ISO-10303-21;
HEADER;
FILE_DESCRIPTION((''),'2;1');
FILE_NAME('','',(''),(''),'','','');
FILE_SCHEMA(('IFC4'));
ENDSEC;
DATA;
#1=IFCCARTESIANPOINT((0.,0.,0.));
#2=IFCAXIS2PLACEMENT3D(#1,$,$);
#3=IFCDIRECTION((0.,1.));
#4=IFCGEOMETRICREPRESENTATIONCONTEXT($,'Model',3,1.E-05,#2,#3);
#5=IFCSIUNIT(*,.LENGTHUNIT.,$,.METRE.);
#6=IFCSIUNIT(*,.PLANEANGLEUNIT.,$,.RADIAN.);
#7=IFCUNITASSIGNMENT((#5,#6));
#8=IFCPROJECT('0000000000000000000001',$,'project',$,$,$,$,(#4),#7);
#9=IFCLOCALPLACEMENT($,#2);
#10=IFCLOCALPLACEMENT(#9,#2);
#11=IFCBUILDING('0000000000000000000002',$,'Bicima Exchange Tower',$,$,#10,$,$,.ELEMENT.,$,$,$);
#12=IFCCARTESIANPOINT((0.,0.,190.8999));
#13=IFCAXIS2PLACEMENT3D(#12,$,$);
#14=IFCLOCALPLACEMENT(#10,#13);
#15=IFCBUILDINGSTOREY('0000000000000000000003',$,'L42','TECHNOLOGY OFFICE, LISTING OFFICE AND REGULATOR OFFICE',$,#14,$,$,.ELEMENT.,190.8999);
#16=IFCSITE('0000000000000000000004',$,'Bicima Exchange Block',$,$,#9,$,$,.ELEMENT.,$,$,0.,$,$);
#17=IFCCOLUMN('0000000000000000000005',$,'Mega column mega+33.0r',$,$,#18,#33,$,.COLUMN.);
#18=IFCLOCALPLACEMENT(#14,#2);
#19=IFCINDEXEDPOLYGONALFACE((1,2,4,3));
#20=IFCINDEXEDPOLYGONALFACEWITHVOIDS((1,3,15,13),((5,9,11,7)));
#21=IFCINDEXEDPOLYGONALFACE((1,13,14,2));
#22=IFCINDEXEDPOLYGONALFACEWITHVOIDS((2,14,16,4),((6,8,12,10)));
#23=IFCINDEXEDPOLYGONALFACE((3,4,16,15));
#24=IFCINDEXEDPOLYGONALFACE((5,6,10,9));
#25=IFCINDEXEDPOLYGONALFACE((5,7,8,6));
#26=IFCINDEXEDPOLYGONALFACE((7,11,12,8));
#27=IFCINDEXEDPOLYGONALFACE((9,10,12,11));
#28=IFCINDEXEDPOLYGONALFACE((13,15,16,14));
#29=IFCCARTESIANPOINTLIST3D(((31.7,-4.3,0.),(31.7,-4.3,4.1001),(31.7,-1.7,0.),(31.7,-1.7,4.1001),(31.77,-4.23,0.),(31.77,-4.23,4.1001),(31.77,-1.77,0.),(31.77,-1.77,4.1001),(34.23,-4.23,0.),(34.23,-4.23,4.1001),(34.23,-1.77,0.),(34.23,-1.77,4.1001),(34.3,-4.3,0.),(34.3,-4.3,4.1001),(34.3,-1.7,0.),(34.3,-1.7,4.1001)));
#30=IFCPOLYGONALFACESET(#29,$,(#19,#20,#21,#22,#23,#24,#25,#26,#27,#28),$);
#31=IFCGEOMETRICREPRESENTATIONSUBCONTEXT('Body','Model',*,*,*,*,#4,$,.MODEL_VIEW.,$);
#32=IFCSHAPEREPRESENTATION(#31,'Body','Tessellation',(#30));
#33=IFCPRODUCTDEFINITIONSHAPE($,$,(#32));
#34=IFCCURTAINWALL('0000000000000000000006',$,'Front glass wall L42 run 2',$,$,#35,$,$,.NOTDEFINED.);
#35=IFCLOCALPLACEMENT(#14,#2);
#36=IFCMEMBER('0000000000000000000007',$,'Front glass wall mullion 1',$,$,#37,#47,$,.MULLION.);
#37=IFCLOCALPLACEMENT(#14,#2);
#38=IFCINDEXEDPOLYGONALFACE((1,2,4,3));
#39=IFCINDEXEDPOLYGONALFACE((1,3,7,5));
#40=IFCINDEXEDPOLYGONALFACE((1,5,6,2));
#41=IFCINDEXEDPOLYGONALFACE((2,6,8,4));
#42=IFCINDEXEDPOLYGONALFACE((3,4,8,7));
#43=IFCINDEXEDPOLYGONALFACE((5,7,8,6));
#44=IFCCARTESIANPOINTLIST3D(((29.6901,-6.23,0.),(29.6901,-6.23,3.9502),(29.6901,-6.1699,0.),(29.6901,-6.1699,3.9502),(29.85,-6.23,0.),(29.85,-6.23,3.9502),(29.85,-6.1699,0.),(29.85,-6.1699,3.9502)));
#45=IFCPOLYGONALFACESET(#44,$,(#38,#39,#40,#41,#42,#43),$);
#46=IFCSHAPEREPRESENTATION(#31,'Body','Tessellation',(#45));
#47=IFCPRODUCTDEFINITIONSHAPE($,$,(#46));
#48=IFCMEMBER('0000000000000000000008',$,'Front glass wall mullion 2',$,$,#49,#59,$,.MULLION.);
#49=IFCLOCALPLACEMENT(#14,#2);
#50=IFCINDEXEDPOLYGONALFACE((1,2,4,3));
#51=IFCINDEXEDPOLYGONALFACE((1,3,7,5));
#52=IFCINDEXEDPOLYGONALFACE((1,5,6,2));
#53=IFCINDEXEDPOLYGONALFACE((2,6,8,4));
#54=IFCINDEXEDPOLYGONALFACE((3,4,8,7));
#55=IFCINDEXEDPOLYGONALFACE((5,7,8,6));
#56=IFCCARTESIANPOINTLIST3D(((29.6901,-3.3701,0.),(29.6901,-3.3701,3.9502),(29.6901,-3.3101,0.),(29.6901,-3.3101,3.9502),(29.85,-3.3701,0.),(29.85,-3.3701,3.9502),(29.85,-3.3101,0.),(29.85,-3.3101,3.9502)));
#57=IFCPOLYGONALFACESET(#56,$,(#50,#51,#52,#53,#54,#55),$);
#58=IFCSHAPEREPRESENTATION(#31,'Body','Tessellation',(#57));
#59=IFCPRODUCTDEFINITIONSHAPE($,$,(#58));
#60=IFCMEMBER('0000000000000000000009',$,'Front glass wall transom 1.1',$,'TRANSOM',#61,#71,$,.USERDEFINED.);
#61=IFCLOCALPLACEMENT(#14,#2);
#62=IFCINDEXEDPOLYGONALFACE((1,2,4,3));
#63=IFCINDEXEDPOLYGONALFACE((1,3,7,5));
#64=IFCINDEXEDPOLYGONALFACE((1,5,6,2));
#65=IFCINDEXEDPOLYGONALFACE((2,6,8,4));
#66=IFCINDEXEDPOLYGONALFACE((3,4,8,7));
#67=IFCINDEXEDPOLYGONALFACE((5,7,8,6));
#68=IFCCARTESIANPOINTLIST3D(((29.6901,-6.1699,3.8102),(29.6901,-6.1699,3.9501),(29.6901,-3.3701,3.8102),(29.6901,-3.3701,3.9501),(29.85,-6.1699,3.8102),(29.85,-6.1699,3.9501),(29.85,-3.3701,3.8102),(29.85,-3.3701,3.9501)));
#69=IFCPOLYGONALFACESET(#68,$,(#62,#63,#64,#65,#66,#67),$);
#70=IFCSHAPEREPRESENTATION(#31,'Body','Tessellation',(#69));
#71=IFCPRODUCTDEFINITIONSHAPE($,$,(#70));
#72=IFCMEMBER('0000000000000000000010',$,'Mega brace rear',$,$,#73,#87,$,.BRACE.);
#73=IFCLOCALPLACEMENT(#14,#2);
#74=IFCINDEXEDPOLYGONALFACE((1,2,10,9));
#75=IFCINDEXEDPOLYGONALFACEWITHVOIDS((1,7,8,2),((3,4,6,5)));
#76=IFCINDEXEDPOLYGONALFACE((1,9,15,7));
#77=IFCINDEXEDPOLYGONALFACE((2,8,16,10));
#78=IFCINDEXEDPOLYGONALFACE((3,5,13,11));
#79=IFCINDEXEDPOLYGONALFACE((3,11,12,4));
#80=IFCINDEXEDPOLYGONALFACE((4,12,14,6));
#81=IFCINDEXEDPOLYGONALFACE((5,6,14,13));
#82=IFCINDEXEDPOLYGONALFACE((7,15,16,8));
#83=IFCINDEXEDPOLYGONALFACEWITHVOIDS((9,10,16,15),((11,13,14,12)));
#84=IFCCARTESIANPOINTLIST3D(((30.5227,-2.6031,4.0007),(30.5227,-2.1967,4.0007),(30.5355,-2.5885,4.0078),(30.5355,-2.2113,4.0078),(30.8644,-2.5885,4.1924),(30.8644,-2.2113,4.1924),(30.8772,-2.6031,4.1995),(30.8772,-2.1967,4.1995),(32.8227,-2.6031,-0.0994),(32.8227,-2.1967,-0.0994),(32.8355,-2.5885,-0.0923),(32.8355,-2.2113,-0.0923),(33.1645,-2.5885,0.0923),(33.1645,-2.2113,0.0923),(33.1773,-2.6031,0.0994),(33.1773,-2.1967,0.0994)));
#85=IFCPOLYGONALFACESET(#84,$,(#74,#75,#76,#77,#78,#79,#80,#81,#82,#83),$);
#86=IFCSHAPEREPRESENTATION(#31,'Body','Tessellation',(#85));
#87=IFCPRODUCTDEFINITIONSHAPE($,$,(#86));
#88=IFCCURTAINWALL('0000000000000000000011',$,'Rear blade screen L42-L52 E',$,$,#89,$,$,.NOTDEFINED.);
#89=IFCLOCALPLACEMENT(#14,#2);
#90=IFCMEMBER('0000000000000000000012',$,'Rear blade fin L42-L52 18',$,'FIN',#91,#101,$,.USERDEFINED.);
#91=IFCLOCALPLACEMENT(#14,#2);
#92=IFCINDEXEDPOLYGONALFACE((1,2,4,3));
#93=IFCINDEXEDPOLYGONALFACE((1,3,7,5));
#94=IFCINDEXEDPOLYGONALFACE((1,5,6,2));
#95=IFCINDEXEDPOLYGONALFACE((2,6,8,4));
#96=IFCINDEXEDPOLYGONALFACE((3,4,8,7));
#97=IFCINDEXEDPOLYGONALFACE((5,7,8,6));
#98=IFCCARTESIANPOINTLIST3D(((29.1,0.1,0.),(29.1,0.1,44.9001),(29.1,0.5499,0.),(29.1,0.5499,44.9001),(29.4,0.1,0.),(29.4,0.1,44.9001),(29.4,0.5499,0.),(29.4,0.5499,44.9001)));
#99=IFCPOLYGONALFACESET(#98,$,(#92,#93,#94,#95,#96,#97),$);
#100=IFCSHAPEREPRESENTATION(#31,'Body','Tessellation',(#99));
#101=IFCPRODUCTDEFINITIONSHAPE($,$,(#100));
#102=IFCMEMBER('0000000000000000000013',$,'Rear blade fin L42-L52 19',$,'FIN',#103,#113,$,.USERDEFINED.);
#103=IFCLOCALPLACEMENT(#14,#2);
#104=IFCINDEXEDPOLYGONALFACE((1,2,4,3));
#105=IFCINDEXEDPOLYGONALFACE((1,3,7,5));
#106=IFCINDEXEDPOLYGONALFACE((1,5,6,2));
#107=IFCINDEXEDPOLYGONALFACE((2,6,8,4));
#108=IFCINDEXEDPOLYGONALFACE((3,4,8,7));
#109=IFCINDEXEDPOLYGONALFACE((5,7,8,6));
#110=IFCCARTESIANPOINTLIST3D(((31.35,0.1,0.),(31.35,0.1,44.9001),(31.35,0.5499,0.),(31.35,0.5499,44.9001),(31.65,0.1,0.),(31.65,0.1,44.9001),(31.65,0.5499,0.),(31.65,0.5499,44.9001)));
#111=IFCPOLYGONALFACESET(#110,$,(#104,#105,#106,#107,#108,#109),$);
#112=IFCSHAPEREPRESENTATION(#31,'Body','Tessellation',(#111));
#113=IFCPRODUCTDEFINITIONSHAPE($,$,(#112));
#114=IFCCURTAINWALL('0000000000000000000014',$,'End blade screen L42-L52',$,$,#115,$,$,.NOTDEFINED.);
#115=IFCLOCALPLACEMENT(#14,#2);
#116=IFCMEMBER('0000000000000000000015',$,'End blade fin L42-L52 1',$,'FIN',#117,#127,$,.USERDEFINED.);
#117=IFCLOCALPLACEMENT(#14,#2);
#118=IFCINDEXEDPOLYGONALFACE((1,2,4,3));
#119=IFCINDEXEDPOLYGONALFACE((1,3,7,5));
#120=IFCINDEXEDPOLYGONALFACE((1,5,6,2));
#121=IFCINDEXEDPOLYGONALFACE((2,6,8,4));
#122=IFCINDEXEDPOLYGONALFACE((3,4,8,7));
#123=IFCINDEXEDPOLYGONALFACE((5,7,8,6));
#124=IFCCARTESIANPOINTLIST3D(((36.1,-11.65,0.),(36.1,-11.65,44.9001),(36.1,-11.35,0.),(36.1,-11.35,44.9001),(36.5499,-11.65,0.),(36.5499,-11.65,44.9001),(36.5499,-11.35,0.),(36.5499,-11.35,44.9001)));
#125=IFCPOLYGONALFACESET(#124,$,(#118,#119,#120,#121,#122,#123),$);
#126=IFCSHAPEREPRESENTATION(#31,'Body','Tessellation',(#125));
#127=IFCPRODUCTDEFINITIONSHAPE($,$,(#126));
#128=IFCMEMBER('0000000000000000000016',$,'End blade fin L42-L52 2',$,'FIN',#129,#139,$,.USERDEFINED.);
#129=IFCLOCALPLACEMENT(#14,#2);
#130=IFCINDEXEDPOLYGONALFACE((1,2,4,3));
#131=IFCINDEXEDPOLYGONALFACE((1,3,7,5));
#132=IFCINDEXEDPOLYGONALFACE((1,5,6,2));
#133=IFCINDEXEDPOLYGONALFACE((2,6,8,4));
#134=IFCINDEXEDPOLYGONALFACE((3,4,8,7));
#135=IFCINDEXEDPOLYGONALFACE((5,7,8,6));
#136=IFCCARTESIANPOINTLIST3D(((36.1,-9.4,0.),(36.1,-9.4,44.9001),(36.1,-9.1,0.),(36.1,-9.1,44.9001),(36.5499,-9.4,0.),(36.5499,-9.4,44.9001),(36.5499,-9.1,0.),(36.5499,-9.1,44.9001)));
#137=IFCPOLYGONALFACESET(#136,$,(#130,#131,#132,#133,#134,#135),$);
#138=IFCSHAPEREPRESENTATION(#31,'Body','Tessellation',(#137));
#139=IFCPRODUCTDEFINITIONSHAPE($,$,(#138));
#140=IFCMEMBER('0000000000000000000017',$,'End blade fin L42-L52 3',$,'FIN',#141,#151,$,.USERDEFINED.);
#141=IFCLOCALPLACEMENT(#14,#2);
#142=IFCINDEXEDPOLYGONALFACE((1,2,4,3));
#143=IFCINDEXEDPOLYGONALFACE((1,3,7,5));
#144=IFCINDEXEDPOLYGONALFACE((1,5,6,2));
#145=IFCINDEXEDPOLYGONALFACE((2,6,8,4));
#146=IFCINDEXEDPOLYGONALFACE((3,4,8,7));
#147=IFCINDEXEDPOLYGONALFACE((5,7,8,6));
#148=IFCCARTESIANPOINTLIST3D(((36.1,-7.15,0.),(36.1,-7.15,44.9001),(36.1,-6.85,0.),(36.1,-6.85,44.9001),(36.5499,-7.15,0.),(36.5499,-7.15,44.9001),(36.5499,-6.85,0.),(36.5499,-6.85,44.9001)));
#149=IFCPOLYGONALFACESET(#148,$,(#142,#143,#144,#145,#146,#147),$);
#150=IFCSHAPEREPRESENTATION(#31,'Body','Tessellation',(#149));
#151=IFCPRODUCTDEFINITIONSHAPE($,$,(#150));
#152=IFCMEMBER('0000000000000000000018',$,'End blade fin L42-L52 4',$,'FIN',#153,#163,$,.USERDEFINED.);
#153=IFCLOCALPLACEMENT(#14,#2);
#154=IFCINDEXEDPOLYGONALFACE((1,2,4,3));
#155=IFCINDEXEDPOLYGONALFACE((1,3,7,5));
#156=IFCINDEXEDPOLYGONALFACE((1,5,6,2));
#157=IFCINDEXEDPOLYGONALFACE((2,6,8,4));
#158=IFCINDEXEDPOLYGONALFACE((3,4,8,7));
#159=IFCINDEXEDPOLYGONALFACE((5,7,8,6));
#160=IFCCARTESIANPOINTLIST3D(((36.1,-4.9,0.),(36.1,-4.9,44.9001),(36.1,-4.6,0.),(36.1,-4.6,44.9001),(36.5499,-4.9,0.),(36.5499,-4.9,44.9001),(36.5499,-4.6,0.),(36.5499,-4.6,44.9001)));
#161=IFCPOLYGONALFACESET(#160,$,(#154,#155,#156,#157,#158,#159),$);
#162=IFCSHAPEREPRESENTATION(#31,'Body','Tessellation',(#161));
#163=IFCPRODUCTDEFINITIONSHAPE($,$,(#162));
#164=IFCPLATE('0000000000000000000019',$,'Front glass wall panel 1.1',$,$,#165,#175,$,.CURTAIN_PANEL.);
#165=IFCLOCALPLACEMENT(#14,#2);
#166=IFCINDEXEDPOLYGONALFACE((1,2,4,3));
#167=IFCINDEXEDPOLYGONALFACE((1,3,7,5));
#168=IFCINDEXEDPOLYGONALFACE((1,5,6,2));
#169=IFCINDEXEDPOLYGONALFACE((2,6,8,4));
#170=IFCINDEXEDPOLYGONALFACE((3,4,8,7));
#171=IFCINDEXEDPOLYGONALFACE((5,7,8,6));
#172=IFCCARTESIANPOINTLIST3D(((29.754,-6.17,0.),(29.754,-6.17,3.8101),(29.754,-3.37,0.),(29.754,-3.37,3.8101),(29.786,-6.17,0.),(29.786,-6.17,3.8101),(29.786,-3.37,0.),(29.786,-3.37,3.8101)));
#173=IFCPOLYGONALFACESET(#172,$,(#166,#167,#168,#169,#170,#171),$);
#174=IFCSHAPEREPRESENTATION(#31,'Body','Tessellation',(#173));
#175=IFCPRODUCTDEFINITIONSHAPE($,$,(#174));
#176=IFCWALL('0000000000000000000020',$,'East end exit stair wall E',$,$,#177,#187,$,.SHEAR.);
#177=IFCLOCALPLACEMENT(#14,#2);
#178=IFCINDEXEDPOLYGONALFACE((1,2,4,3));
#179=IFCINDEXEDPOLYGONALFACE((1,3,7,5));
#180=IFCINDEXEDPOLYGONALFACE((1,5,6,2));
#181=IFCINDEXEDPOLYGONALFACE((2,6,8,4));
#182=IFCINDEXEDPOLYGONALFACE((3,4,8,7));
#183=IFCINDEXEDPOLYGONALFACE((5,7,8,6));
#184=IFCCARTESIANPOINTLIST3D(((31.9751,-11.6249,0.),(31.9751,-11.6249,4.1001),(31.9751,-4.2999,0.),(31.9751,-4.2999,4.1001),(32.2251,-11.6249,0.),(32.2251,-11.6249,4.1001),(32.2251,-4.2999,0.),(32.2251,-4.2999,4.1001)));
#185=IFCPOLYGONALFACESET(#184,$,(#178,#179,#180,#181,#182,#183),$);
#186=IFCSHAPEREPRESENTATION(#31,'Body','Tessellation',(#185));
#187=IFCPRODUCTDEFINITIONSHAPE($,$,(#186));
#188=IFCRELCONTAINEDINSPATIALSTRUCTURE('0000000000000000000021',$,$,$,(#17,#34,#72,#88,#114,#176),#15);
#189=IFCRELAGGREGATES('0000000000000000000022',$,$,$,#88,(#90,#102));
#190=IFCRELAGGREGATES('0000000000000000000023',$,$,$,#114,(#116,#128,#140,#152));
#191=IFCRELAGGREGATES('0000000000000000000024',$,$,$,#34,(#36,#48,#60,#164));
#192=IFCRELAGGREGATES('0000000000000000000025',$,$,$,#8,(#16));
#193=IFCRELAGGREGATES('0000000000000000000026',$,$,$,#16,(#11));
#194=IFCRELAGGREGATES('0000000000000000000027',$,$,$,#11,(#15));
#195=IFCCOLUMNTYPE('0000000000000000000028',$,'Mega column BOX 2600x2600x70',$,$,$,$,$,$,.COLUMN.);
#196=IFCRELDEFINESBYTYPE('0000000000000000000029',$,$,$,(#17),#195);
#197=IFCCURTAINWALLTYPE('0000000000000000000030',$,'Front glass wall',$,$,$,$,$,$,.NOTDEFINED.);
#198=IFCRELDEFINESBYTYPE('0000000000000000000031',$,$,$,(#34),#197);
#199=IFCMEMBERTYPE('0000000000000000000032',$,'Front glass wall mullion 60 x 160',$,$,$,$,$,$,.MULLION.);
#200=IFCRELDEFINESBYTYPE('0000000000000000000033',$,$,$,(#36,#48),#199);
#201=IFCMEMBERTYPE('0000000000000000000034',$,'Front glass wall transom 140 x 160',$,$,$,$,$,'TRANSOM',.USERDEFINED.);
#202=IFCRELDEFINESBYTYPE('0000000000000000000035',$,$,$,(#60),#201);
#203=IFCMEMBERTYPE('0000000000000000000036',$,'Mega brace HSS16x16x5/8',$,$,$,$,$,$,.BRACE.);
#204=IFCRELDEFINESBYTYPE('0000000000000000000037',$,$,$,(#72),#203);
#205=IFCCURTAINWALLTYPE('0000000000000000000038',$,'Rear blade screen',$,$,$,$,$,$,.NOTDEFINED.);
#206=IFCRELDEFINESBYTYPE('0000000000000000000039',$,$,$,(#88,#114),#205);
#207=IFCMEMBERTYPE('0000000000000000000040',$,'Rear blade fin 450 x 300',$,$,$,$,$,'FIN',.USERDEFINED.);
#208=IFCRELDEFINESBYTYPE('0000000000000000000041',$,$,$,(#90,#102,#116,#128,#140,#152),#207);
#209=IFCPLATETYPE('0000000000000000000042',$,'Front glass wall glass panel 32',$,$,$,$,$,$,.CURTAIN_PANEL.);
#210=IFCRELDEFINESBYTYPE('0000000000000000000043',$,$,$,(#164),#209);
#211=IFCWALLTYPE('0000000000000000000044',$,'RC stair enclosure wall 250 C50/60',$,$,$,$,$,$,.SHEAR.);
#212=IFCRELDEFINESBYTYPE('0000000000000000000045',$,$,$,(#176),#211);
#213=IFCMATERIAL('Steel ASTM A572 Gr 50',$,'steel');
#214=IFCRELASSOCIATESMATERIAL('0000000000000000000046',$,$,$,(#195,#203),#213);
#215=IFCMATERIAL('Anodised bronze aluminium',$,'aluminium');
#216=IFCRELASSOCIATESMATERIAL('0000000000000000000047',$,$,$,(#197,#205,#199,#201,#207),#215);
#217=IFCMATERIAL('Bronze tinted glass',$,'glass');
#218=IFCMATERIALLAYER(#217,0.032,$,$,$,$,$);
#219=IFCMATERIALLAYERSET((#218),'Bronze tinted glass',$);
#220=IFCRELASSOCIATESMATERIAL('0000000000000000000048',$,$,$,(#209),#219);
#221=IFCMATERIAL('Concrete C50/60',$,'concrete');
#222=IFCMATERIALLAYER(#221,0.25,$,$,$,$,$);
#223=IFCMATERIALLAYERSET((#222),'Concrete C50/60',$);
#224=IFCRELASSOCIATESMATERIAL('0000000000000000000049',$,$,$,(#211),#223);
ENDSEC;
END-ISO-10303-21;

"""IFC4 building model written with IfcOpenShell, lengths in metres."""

from ifc_helpers import new_model, si_unit, direction, frame, frame_2d, origin, origin_2d, place, context, subcontext, project, spatial, rectangle, hollow_rectangle, extrude, material, layer, layer_set, material_profile, profile_set, type_object, element, aggregate, save


model = new_model("IFC4")

# Units and contexts
model_context = context("Model", 3, precision=1e-05, world=origin(), true_north=direction((0.0, 1.0)))
body_context = subcontext(model_context, "Body", "Model", "MODEL_VIEW")
ifc_project = project(units=[si_unit("LENGTHUNIT", "METRE"), si_unit("PLANEANGLEUNIT", "RADIAN")], contexts=[model_context])

# Site, building, storey
site_placement = place(None, origin())
site = spatial("IfcSite", under=ifc_project, at=site_placement, Name="Bicima Exchange Block", CompositionType="ELEMENT", RefElevation=0.0)
building_placement = place(site_placement, origin())
building = spatial("IfcBuilding", under=site, at=building_placement, Name="Bicima Exchange Tower", CompositionType="ELEMENT")
storey_placement = place(building_placement, frame((0.0, 0.0, 190.8999)))
storey = spatial("IfcBuildingStorey", under=building, at=storey_placement, Name="L42", Description="TECHNOLOGY OFFICE, LISTING OFFICE AND REGULATOR OFFICE", CompositionType="ELEMENT", Elevation=190.8999)

# Column
ifc_material_1 = material(Name="Steel ASTM A572 Gr 50", Category="steel")
ifc_material_profile_1 = material_profile(ifc_material_1, hollow_rectangle(XDim=2.6001, YDim=2.6001, WallThickness=0.0701, at=origin_2d()))
ifc_profile_set_1 = profile_set([ifc_material_profile_1], Name="Steel ASTM A572 Gr 50")
column_type = type_object("IfcColumnType", Name="Mega column BOX 2600x2600x70", PredefinedType="COLUMN", material=ifc_profile_set_1)
column_placement = place(storey_placement, frame((33.0, -3.0, 0.0), z_axis=(0.0, 0.0, 1.0), x_axis=(1.0, 0.0, 0.0)))
element("IfcColumn", 1, at=column_placement, inside=storey, type_object=column_type, Name="Mega column mega+33.0r", PredefinedType="COLUMN", context=body_context, shape_type="SweptSolid", body=[
    extrude(hollow_rectangle(XDim=2.6001, YDim=2.6001, WallThickness=0.0701, at=origin_2d()), origin(), (0.0, 0.0, 1.0), 4.1001),
])

# Curtain wall, members
ifc_material_2 = material(Name="Anodised bronze aluminium", Category="aluminium")
curtain_wall_type_1 = type_object("IfcCurtainWallType", Name="Front glass wall", PredefinedType="NOTDEFINED", material=ifc_material_2)
curtain_wall_1_placement = place(storey_placement, origin())
curtain_wall_1 = element("IfcCurtainWall", 2, at=curtain_wall_1_placement, inside=storey, type_object=curtain_wall_type_1, Name="Front glass wall L42 run 2", PredefinedType="NOTDEFINED")
ifc_material_profile_2 = material_profile(ifc_material_2, rectangle(XDim=0.1599, YDim=0.0601, at=origin_2d()))
ifc_profile_set_2 = profile_set([ifc_material_profile_2], Name="Anodised bronze aluminium")
member_type_1 = type_object("IfcMemberType", Name="Front glass wall mullion 60 x 160", PredefinedType="MULLION", material=ifc_profile_set_2)
member_1_placement = place(storey_placement, frame((29.77, -6.2, 0.0), z_axis=(0.0, 0.0, 1.0), x_axis=(-1.0, 0.0, 0.0)))
member_1 = element("IfcMember", 3, at=member_1_placement, type_object=member_type_1, Name="Front glass wall mullion 1", PredefinedType="MULLION", context=body_context, shape_type="SweptSolid", body=[
    extrude(rectangle(XDim=0.1599, YDim=0.0601, at=origin_2d()), origin(), (0.0, 0.0, 1.0), 3.9502),
])
member_2_placement = place(storey_placement, frame((29.77, -3.3401, 0.0), z_axis=(0.0, 0.0, 1.0), x_axis=(-1.0, 0.0, 0.0)))
member_2 = element("IfcMember", 4, at=member_2_placement, type_object=member_type_1, Name="Front glass wall mullion 2", PredefinedType="MULLION", context=body_context, shape_type="SweptSolid", body=[
    extrude(rectangle(XDim=0.1599, YDim=0.0601, at=origin_2d()), origin(), (0.0, 0.0, 1.0), 3.9502),
])
ifc_material_profile_3 = material_profile(ifc_material_2, rectangle(XDim=0.1599, YDim=0.1399, at=origin_2d()))
ifc_profile_set_3 = profile_set([ifc_material_profile_3], Name="Anodised bronze aluminium")
member_type_2 = type_object("IfcMemberType", Name="Front glass wall transom 140 x 160", ElementType="TRANSOM", PredefinedType="USERDEFINED", material=ifc_profile_set_3)
member_3_placement = place(storey_placement, frame((29.77, -6.1699, 3.8801), z_axis=(0.0, 1.0, 0.0), x_axis=(-1.0, 0.0, 0.0)))
member_3 = element("IfcMember", 5, at=member_3_placement, type_object=member_type_2, Name="Front glass wall transom 1.1", ObjectType="TRANSOM", PredefinedType="USERDEFINED", context=body_context, shape_type="SweptSolid", body=[
    extrude(rectangle(XDim=0.1599, YDim=0.1399, at=origin_2d()), origin(), (0.0, 0.0, 1.0), 2.7998),
])

# Member
ifc_material_profile_4 = material_profile(ifc_material_1, hollow_rectangle(XDim=0.4065, YDim=0.4065, WallThickness=0.0146, at=origin_2d()))
ifc_profile_set_4 = profile_set([ifc_material_profile_4], Name="Steel ASTM A572 Gr 50")
member_type_3 = type_object("IfcMemberType", Name="Mega brace HSS16x16x5/8", PredefinedType="BRACE", material=ifc_profile_set_4)
member_4_placement = place(storey_placement, frame((33.0, -2.3999, 0.0), z_axis=(-0.48925, 0.0, 0.872144), x_axis=(0.0, -1.0, 0.0)))
element("IfcMember", 6, at=member_4_placement, inside=storey, type_object=member_type_3, Name="Mega brace rear", PredefinedType="BRACE", context=body_context, shape_type="SweptSolid", body=[
    extrude(hollow_rectangle(XDim=0.4065, YDim=0.4065, WallThickness=0.0146, at=origin_2d()), origin(), (0.0, 0.0, 1.0), 4.7012),
])

# Curtain walls, members
curtain_wall_type_2 = type_object("IfcCurtainWallType", Name="Rear blade screen", PredefinedType="NOTDEFINED", material=ifc_material_2)
curtain_wall_2_placement = place(storey_placement, origin())
curtain_wall_2 = element("IfcCurtainWall", 7, at=curtain_wall_2_placement, inside=storey, type_object=curtain_wall_type_2, Name="Rear blade screen L42-L52 E", PredefinedType="NOTDEFINED")
ifc_material_profile_5 = material_profile(ifc_material_2, rectangle(XDim=0.45, YDim=0.3, at=origin_2d()))
ifc_profile_set_5 = profile_set([ifc_material_profile_5], Name="Anodised bronze aluminium")
member_type_4 = type_object("IfcMemberType", Name="Rear blade fin 450 x 300", ElementType="FIN", PredefinedType="USERDEFINED", material=ifc_profile_set_5)
member_5_placement = place(storey_placement, frame((29.25, 0.325, 0.0), z_axis=(0.0, 0.0, 1.0), x_axis=(0.0, 1.0, 0.0)))
member_5 = element("IfcMember", 8, at=member_5_placement, type_object=member_type_4, Name="Rear blade fin L42-L52 18", ObjectType="FIN", PredefinedType="USERDEFINED", context=body_context, shape_type="SweptSolid", body=[
    extrude(rectangle(XDim=0.45, YDim=0.3, at=origin_2d()), origin(), (0.0, 0.0, 1.0), 44.9001),
])
member_6_placement = place(storey_placement, frame((31.5, 0.325, 0.0), z_axis=(0.0, 0.0, 1.0), x_axis=(0.0, 1.0, 0.0)))
member_6 = element("IfcMember", 9, at=member_6_placement, type_object=member_type_4, Name="Rear blade fin L42-L52 19", ObjectType="FIN", PredefinedType="USERDEFINED", context=body_context, shape_type="SweptSolid", body=[
    extrude(rectangle(XDim=0.45, YDim=0.3, at=origin_2d()), origin(), (0.0, 0.0, 1.0), 44.9001),
])
aggregate(curtain_wall_2, [member_5, member_6])
curtain_wall_3_placement = place(storey_placement, origin())
curtain_wall_3 = element("IfcCurtainWall", 10, at=curtain_wall_3_placement, inside=storey, type_object=curtain_wall_type_2, Name="End blade screen L42-L52", PredefinedType="NOTDEFINED")
member_7_placement = place(storey_placement, frame((36.325, -11.5, 0.0), z_axis=(0.0, 0.0, 1.0), x_axis=(1.0, 0.0, 0.0)))
member_7 = element("IfcMember", 11, at=member_7_placement, type_object=member_type_4, Name="End blade fin L42-L52 1", ObjectType="FIN", PredefinedType="USERDEFINED", context=body_context, shape_type="SweptSolid", body=[
    extrude(rectangle(XDim=0.45, YDim=0.3, at=origin_2d()), origin(), (0.0, 0.0, 1.0), 44.9001),
])
member_8_placement = place(storey_placement, frame((36.325, -9.25, 0.0), z_axis=(0.0, 0.0, 1.0), x_axis=(1.0, 0.0, 0.0)))
member_8 = element("IfcMember", 12, at=member_8_placement, type_object=member_type_4, Name="End blade fin L42-L52 2", ObjectType="FIN", PredefinedType="USERDEFINED", context=body_context, shape_type="SweptSolid", body=[
    extrude(rectangle(XDim=0.45, YDim=0.3, at=origin_2d()), origin(), (0.0, 0.0, 1.0), 44.9001),
])
member_9_placement = place(storey_placement, frame((36.325, -7.0, 0.0), z_axis=(0.0, 0.0, 1.0), x_axis=(1.0, 0.0, 0.0)))
member_9 = element("IfcMember", 13, at=member_9_placement, type_object=member_type_4, Name="End blade fin L42-L52 3", ObjectType="FIN", PredefinedType="USERDEFINED", context=body_context, shape_type="SweptSolid", body=[
    extrude(rectangle(XDim=0.45, YDim=0.3, at=origin_2d()), origin(), (0.0, 0.0, 1.0), 44.9001),
])
member_10_placement = place(storey_placement, frame((36.325, -4.75, 0.0), z_axis=(0.0, 0.0, 1.0), x_axis=(1.0, 0.0, 0.0)))
member_10 = element("IfcMember", 14, at=member_10_placement, type_object=member_type_4, Name="End blade fin L42-L52 4", ObjectType="FIN", PredefinedType="USERDEFINED", context=body_context, shape_type="SweptSolid", body=[
    extrude(rectangle(XDim=0.45, YDim=0.3, at=origin_2d()), origin(), (0.0, 0.0, 1.0), 44.9001),
])
aggregate(curtain_wall_3, [member_7, member_8, member_9, member_10])

# Plate
ifc_material_3 = material(Name="Bronze tinted glass", Category="glass")
ifc_layer_1 = layer(ifc_material_3, 0.032)
ifc_layer_set_1 = layer_set([ifc_layer_1], Name="Bronze tinted glass")
plate_type = type_object("IfcPlateType", Name="Front glass wall glass panel 32", PredefinedType="CURTAIN_PANEL", material=ifc_layer_set_1)
plate_placement = place(storey_placement, frame((29.77, -4.77, 0.0), z_axis=(0.0, 0.0, 1.0), x_axis=(0.0, 1.0, 0.0)))
plate = element("IfcPlate", 15, at=plate_placement, type_object=plate_type, Name="Front glass wall panel 1.1", PredefinedType="CURTAIN_PANEL", context=body_context, shape_type="SweptSolid", body=[
    extrude(rectangle(XDim=2.8, YDim=0.032, at=origin_2d()), origin(), (0.0, 0.0, 1.0), 3.8101),
])
aggregate(curtain_wall_1, [member_1, member_2, member_3, plate])

# Wall
ifc_material_4 = material(Name="Concrete C50/60", Category="concrete")
ifc_layer_2 = layer(ifc_material_4, 0.25)
ifc_layer_set_2 = layer_set([ifc_layer_2], Name="Concrete C50/60")
wall_type_1 = type_object("IfcWallType", Name="RC stair enclosure wall 250 C50/60", PredefinedType="SHEAR", material=ifc_layer_set_2)
wall_1_placement = place(storey_placement, frame((32.1001, -11.625, 0.0), z_axis=(0.0, 0.0, 1.0), x_axis=(0.0, 1.0, 0.0)))
element("IfcWall", 16, at=wall_1_placement, inside=storey, type_object=wall_type_1, Name="East end exit stair wall E", PredefinedType="SHEAR", context=body_context, shape_type="SweptSolid", body=[
    extrude(rectangle(XDim=7.325, YDim=0.25, at=frame_2d((3.6626, 0.0))), origin(), (0.0, 0.0, 1.0), 4.1001),
])

save(model, "model.ifc")
